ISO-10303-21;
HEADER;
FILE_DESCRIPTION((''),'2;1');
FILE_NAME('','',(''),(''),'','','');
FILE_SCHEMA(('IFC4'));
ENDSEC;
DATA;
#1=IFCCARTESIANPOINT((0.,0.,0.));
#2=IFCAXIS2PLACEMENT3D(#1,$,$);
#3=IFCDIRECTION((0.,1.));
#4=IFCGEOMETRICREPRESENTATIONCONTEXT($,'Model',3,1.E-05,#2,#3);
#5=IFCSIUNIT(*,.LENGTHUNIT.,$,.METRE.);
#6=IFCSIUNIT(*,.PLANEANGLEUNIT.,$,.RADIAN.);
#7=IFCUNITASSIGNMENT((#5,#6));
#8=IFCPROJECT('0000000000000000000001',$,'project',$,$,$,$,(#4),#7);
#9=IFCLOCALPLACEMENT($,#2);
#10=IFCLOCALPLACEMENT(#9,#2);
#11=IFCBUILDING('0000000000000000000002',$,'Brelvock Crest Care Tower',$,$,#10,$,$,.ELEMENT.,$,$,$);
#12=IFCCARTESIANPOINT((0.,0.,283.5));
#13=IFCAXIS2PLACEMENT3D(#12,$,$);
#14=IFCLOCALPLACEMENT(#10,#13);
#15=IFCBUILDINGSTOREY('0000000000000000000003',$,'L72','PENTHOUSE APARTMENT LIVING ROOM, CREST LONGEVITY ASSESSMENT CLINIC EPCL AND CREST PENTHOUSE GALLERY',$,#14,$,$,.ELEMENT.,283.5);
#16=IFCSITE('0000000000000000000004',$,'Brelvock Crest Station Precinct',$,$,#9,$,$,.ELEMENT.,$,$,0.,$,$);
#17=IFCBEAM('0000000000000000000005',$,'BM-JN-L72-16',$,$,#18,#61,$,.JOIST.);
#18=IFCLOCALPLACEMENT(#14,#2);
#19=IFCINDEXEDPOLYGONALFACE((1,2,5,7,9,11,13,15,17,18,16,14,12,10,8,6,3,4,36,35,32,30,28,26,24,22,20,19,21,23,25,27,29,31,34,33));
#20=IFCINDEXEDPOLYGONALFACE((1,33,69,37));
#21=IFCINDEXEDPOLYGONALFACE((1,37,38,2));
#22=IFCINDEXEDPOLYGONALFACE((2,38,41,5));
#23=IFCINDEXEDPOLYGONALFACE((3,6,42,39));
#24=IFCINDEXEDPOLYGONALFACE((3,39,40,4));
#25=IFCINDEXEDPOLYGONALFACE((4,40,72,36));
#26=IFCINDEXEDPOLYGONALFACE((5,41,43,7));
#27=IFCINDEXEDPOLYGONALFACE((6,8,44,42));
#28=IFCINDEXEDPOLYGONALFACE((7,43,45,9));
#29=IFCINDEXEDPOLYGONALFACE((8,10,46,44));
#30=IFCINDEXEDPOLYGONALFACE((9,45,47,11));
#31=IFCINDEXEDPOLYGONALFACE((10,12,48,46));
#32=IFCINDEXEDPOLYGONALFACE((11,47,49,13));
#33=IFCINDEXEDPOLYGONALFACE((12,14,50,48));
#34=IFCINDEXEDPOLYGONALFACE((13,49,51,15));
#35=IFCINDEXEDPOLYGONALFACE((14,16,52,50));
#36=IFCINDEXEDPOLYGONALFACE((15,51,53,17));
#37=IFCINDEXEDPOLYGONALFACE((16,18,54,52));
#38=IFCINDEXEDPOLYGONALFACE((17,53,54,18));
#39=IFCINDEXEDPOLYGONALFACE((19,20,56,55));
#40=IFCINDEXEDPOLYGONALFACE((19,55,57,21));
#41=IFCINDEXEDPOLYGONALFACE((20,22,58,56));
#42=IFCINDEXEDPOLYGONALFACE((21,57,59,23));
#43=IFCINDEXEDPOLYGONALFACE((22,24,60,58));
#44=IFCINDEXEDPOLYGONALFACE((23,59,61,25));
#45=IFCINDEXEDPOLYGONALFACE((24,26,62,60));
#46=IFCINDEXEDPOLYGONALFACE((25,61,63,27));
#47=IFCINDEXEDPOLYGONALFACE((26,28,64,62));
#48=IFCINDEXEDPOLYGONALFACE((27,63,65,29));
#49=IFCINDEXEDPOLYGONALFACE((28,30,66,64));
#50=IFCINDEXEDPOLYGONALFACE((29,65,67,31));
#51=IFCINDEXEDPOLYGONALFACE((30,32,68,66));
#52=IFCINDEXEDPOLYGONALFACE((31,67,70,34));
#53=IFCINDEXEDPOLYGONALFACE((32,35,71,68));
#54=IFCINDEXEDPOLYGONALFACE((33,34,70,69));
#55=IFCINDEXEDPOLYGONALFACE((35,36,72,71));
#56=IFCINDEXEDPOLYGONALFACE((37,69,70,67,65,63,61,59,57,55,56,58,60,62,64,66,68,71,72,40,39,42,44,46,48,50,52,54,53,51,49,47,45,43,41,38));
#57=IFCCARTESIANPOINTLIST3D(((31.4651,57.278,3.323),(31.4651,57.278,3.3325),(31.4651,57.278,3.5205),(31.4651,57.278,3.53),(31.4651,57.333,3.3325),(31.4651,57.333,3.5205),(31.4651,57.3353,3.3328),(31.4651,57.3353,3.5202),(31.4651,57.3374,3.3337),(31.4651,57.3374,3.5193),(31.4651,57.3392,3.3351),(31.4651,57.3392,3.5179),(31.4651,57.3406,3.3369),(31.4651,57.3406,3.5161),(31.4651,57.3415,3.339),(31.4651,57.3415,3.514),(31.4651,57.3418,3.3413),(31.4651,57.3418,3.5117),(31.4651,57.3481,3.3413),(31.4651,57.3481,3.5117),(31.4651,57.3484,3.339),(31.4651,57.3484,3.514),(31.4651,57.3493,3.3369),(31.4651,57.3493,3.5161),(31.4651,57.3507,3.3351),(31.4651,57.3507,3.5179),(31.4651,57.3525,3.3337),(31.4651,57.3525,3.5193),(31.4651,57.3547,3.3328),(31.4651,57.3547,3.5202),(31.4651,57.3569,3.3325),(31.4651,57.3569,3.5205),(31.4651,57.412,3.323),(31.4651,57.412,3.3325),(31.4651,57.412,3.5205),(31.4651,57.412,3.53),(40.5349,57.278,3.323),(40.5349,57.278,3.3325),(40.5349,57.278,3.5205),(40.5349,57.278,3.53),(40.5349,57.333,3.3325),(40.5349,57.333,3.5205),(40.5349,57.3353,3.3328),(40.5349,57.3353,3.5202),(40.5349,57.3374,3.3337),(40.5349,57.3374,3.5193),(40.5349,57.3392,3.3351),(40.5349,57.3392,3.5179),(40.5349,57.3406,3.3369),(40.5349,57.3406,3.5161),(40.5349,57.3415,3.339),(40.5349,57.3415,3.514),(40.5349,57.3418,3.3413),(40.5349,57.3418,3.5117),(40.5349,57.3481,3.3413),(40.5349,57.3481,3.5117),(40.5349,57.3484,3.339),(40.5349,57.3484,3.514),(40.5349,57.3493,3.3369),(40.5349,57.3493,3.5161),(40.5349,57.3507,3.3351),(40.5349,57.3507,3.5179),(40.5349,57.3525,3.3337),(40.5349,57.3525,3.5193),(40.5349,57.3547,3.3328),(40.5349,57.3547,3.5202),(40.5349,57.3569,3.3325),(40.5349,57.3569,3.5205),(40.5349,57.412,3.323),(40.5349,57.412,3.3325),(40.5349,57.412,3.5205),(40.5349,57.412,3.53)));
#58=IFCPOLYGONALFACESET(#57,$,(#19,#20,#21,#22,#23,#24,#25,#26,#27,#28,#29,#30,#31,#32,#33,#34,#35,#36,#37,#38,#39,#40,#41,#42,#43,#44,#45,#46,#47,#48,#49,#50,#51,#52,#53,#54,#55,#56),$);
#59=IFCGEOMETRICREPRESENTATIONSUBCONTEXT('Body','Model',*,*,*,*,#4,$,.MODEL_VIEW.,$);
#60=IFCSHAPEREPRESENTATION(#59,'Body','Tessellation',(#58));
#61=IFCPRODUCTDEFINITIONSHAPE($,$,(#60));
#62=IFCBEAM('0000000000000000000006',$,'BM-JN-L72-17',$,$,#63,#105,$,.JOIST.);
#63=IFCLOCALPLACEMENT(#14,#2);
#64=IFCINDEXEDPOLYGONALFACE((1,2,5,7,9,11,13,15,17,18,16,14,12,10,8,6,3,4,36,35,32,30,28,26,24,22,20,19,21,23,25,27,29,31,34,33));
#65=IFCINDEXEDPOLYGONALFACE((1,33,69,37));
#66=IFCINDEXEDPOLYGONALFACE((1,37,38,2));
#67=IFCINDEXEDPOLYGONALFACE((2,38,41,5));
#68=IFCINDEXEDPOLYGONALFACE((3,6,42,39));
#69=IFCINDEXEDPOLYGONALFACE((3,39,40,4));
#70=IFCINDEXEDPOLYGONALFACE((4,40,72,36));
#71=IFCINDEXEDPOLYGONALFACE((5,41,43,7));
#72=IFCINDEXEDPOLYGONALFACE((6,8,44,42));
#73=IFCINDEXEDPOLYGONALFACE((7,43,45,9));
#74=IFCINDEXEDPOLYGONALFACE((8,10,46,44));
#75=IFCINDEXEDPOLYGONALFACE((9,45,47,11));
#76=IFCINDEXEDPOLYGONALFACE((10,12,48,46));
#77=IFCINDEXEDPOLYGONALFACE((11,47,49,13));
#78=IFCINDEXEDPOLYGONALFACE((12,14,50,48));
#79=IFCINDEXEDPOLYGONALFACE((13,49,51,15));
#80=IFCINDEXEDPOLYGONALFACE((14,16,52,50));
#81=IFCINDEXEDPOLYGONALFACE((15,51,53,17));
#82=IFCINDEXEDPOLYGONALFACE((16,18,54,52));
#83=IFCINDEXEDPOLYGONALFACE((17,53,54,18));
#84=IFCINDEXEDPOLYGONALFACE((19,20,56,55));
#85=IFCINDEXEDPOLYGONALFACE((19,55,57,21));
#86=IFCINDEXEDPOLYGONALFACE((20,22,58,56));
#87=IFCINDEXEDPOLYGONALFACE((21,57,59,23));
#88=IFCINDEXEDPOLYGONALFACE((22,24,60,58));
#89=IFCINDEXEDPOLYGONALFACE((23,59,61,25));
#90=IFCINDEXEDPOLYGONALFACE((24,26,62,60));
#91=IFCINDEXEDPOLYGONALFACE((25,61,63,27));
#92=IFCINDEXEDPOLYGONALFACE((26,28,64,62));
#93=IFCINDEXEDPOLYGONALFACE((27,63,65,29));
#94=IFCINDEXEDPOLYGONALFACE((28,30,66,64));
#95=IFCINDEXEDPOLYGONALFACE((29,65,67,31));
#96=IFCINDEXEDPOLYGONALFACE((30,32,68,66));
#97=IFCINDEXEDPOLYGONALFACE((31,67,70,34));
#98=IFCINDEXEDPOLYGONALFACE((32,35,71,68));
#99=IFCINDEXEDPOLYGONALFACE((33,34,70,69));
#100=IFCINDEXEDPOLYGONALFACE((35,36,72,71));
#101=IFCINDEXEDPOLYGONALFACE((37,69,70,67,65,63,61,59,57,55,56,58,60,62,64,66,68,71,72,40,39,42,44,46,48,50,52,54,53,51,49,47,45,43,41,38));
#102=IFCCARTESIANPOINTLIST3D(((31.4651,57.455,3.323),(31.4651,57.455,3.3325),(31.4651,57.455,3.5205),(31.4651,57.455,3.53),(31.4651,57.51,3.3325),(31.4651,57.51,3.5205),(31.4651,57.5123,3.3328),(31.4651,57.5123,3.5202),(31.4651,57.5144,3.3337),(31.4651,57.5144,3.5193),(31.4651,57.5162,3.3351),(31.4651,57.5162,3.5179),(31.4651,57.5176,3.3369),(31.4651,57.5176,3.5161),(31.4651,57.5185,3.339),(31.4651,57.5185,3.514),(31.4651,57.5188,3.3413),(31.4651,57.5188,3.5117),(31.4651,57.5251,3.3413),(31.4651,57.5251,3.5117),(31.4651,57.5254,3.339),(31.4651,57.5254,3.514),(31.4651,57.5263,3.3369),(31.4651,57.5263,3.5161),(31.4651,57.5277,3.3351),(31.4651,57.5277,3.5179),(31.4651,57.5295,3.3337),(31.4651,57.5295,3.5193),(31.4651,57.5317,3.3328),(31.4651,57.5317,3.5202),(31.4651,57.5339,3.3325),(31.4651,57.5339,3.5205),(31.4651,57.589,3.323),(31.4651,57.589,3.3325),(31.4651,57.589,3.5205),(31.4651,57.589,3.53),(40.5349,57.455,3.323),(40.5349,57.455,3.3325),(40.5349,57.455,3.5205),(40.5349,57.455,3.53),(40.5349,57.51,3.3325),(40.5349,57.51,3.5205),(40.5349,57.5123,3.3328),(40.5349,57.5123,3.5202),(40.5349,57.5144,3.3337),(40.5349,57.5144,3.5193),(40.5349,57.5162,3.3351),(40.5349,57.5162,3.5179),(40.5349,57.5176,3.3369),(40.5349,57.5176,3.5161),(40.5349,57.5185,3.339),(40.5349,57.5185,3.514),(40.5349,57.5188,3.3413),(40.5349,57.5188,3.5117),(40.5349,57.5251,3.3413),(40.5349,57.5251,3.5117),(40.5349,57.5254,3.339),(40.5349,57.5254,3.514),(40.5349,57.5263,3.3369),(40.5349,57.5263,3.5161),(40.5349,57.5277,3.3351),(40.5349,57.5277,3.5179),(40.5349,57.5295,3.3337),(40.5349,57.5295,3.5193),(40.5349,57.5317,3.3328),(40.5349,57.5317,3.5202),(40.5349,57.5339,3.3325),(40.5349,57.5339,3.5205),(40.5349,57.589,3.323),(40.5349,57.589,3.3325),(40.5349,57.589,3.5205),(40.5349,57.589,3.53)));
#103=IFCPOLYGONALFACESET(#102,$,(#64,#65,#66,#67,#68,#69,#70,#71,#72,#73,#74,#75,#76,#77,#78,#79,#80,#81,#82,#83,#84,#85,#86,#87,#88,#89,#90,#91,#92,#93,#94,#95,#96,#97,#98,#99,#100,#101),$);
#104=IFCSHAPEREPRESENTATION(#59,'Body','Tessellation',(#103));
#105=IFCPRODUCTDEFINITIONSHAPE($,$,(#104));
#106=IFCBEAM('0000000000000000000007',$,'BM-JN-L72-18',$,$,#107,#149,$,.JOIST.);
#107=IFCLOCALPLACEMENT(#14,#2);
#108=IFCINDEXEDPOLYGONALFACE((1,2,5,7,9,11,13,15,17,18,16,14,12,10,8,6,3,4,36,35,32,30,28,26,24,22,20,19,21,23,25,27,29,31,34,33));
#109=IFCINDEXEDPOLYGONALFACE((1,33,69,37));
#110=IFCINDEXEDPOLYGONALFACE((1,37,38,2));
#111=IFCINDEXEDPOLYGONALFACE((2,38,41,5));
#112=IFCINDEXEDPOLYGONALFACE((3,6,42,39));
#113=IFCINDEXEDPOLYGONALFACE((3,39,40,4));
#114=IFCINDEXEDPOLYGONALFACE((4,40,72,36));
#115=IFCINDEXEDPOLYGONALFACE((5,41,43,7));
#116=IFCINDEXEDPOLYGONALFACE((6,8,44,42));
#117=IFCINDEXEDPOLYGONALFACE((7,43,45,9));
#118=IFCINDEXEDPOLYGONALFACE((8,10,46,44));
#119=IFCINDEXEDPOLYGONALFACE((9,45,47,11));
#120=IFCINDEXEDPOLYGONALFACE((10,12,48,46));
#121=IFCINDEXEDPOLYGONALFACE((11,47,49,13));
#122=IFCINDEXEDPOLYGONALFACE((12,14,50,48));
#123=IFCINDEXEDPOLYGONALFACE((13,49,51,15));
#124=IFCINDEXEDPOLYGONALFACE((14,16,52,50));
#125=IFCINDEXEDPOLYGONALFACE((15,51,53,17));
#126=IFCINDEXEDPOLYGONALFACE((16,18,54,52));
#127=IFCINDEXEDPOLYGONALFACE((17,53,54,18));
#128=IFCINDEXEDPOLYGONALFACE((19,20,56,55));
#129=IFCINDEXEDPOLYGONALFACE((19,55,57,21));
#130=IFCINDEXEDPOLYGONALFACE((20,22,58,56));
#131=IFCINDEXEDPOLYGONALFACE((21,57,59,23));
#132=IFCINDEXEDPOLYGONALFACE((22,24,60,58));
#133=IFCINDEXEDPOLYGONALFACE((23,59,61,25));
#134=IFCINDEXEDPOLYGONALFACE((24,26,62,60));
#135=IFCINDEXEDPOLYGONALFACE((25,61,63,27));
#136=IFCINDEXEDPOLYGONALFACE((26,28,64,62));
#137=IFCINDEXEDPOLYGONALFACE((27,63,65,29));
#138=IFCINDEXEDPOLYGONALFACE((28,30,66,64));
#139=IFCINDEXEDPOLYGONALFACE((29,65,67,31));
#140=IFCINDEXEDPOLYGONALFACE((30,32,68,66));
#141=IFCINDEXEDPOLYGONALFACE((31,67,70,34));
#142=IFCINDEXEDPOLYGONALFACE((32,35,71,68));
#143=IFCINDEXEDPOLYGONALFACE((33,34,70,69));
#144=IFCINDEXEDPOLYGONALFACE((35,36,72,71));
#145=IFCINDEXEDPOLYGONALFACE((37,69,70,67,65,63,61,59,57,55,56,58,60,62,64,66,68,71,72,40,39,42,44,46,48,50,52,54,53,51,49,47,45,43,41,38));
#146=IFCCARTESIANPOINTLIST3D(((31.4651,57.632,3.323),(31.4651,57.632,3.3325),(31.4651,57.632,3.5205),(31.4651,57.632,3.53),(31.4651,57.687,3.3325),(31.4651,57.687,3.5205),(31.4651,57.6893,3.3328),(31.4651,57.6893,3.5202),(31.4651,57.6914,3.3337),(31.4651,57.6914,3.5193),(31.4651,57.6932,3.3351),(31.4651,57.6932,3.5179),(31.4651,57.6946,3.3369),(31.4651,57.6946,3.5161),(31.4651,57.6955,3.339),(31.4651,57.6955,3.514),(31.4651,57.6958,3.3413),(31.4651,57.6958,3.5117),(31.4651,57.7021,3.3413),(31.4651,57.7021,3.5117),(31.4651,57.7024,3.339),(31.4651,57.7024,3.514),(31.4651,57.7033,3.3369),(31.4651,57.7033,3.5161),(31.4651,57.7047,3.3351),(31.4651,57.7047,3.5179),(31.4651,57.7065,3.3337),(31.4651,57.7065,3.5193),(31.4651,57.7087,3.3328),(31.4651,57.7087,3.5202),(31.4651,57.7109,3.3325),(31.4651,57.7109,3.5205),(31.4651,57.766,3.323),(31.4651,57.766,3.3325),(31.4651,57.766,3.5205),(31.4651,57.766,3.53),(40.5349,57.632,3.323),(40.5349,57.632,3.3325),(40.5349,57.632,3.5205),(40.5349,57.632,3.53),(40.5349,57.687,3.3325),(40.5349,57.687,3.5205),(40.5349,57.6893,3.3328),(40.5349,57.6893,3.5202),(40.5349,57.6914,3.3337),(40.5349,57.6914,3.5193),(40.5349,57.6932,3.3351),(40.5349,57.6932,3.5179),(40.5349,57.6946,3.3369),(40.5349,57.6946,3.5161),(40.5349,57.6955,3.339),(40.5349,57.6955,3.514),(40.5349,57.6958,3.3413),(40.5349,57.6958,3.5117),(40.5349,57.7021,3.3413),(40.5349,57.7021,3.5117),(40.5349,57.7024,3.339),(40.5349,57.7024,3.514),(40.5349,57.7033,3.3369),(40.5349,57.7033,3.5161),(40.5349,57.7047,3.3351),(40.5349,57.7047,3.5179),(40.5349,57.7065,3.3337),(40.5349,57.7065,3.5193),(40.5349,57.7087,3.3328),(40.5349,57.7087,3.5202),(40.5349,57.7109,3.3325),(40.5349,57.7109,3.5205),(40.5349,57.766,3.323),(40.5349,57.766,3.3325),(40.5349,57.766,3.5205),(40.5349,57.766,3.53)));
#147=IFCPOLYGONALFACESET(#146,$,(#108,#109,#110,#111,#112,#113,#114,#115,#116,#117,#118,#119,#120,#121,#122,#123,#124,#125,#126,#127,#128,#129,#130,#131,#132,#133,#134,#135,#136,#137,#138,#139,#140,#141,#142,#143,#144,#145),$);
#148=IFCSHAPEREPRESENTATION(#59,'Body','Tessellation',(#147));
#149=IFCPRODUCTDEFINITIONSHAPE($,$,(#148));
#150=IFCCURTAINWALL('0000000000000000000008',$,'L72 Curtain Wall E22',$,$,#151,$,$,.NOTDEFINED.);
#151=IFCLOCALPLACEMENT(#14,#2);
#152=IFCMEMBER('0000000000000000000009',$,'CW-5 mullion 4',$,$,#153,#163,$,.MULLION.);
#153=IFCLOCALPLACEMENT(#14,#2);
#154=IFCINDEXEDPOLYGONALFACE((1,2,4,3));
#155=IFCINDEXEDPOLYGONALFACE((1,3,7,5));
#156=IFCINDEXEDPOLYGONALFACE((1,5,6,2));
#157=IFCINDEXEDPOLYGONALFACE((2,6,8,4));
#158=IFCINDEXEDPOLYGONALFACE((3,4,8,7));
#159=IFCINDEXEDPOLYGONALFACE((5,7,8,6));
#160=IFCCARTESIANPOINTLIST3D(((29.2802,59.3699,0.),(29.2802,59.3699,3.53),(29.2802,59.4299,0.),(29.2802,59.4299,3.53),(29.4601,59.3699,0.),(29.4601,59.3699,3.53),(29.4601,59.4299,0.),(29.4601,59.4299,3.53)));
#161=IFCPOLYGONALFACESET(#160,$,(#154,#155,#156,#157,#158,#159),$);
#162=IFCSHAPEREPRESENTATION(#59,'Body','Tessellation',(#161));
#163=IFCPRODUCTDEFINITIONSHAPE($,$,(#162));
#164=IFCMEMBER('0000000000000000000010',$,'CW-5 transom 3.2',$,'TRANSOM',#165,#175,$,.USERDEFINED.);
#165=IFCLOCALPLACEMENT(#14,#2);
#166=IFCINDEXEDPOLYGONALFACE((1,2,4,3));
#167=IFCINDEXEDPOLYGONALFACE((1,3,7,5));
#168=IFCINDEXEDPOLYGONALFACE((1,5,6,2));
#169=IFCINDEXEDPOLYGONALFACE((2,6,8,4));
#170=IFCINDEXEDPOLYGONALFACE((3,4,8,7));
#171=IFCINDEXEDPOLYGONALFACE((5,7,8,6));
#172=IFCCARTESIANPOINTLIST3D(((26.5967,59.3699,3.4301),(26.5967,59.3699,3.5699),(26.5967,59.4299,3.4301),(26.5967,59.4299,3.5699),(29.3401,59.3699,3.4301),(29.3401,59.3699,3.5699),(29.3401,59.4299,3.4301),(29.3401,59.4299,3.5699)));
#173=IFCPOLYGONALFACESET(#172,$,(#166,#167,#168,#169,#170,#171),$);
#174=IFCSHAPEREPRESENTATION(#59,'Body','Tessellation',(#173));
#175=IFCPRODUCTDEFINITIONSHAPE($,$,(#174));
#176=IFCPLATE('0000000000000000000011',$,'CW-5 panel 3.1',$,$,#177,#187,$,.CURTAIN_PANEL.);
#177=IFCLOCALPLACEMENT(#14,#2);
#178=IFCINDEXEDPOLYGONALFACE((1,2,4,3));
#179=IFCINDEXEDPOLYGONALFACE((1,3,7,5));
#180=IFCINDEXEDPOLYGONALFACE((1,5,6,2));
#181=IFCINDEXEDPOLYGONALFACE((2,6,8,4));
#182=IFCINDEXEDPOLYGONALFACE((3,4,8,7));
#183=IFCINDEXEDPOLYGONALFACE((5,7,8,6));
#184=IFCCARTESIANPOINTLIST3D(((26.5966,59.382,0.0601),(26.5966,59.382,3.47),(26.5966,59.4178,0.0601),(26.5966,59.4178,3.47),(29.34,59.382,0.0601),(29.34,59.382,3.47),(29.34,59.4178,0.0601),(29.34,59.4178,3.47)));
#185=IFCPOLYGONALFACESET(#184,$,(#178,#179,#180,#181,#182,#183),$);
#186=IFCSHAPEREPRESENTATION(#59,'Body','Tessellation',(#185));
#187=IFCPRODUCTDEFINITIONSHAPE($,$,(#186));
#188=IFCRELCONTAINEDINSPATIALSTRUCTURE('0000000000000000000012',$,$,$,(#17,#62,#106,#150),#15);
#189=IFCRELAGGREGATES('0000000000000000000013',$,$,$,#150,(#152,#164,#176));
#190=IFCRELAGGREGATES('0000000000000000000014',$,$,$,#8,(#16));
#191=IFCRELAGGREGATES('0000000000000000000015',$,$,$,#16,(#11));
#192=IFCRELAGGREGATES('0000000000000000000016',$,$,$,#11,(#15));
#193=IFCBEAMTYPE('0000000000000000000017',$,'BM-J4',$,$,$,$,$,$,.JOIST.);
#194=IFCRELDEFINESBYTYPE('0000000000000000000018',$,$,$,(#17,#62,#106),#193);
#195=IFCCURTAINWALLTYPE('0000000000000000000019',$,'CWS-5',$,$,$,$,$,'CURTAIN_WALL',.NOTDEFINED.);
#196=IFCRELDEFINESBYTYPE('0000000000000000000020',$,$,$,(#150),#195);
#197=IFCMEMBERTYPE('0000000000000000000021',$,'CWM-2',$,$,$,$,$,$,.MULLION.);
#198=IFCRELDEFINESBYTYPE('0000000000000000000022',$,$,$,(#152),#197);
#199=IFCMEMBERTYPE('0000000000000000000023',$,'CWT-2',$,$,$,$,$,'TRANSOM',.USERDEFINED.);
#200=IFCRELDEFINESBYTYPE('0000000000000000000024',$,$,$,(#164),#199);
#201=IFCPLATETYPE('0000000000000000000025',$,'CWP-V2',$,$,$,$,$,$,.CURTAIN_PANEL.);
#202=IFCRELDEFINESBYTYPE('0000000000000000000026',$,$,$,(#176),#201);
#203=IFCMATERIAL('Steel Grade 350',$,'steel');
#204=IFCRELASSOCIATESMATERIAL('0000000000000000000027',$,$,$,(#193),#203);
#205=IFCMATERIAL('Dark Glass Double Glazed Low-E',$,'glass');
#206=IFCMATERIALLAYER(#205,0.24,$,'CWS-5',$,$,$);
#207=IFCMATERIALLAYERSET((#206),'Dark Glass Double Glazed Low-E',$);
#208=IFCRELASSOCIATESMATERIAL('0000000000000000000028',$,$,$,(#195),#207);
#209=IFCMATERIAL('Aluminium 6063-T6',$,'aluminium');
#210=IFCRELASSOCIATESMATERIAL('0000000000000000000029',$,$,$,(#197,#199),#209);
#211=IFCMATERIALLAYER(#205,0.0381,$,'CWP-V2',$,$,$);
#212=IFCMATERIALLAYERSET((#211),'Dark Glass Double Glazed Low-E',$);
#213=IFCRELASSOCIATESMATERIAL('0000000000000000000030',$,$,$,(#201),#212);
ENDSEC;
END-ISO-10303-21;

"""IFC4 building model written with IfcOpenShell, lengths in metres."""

from ifc_helpers import new_model, si_unit, direction, frame, origin, origin_2d, place, context, subcontext, project, spatial, rectangle, i_section, extrude, source, transform, mapped, material, layer, layer_set, material_profile, profile_set, type_object, element, aggregate, save


model = new_model("IFC4")

# Units and contexts
model_context = context("Model", 3, precision=1e-05, world=origin(), true_north=direction((0.0, 1.0)))
body_context = subcontext(model_context, "Body", "Model", "MODEL_VIEW")
ifc_project = project(units=[si_unit("LENGTHUNIT", "METRE"), si_unit("PLANEANGLEUNIT", "RADIAN")], contexts=[model_context])

# Site, building, storey
site_placement = place(None, origin())
site = spatial("IfcSite", under=ifc_project, at=site_placement, Name="Brelvock Crest Station Precinct", CompositionType="ELEMENT", RefElevation=0.0)
building_placement = place(site_placement, origin())
building = spatial("IfcBuilding", under=site, at=building_placement, Name="Brelvock Crest Care Tower", CompositionType="ELEMENT")
storey_placement = place(building_placement, frame((0.0, 0.0, 283.5)))
storey = spatial("IfcBuildingStorey", under=building, at=storey_placement, Name="L72", Description="PENTHOUSE APARTMENT LIVING ROOM, CREST LONGEVITY ASSESSMENT CLINIC EPCL AND CREST PENTHOUSE GALLERY", CompositionType="ELEMENT", Elevation=283.5)

# Shared definitions
ifc_material_1 = material(Name="Steel Grade 350", Category="steel")

# Beams
ifc_material_profile_1 = material_profile(ifc_material_1, i_section(OverallWidth=0.134, OverallDepth=0.207, WebThickness=0.0063, FlangeThickness=0.0095, FilletRadius=0.0088, at=origin_2d()), Name="200UB29.8")
ifc_profile_set_1 = profile_set([ifc_material_profile_1], Name="Steel Grade 350")
beam_type_1 = type_object("IfcBeamType", Name="BM-J4", PredefinedType="JOIST", material=ifc_profile_set_1)
shared_shape_1 = source(origin(), body_context, "Body", "SweptSolid", [
    extrude(i_section(OverallWidth=0.134, OverallDepth=0.207, WebThickness=0.0063, FlangeThickness=0.0095, FilletRadius=0.0088, at=origin_2d()), origin(), (0.0, 0.0, 1.0), 9.0698),
])
for number, where, z_axis, x_axis, name in (
    (1, (31.4651, 57.345, 3.4265), (1.0, 0.0, 0.0), (0.0, 1.0, 0.0), "BM-JN-L72-16"),
    (2, (31.4651, 57.522, 3.4265), (1.0, 0.0, 0.0), (0.0, 1.0, 0.0), "BM-JN-L72-17"),
    (3, (31.4651, 57.699, 3.4265), (1.0, 0.0, 0.0), (0.0, 1.0, 0.0), "BM-JN-L72-18"),
):
    element("IfcBeam", number, at=place(storey_placement, frame(where, z_axis=z_axis, x_axis=x_axis)), inside=storey, type_object=beam_type_1, Name=name, PredefinedType="JOIST", context=body_context, shape_type="MappedRepresentation", body=[
        mapped(shared_shape_1, transform((0.0, 0.0, 0.0), x_axis=(1.0, 0.0, 0.0), y_axis=(0.0, 1.0, 0.0), z_axis=(0.0, 0.0, 1.0), scale=1.0)),
    ])

# Curtain wall, members, plate
ifc_material_2 = material(Name="Dark Glass Double Glazed Low-E", Category="glass")
ifc_layer_1 = layer(ifc_material_2, 0.24, Name="CWS-5")
ifc_layer_set_1 = layer_set([ifc_layer_1], Name="Dark Glass Double Glazed Low-E")
curtain_wall_type = type_object("IfcCurtainWallType", Name="CWS-5", ElementType="CURTAIN_WALL", PredefinedType="NOTDEFINED", material=ifc_layer_set_1)
curtain_wall_placement = place(storey_placement, origin())
curtain_wall = element("IfcCurtainWall", 4, at=curtain_wall_placement, inside=storey, type_object=curtain_wall_type, Name="L72 Curtain Wall E22", PredefinedType="NOTDEFINED")
ifc_material_3 = material(Name="Aluminium 6063-T6", Category="aluminium")
ifc_material_profile_2 = material_profile(ifc_material_3, rectangle(XDim=0.0601, YDim=0.1799, at=origin_2d()), Name="ALU60x180")
ifc_profile_set_2 = profile_set([ifc_material_profile_2], Name="Aluminium 6063-T6")
member_type_1 = type_object("IfcMemberType", Name="CWM-2", PredefinedType="MULLION", material=ifc_profile_set_2)
shared_shape_2 = source(origin(), body_context, "Body", "SweptSolid", [
    extrude(rectangle(XDim=0.0601, YDim=0.1799, at=origin_2d()), origin(), (0.0, 0.0, 1.0), 3.53),
])
member_1_placement = place(storey_placement, frame((29.3701, 59.3999, 0.0), z_axis=(0.0, 0.0, 1.0), x_axis=(0.0, 1.0, 0.0)))
member_1 = element("IfcMember", 5, at=member_1_placement, type_object=member_type_1, Name="CW-5 mullion 4", PredefinedType="MULLION", context=body_context, shape_type="MappedRepresentation", body=[
    mapped(shared_shape_2, transform((0.0, 0.0, 0.0), x_axis=(1.0, 0.0, 0.0), y_axis=(0.0, 1.0, 0.0), z_axis=(0.0, 0.0, 1.0), scale=1.0)),
])
ifc_material_profile_3 = material_profile(ifc_material_3, rectangle(XDim=0.0601, YDim=0.1399, at=origin_2d()), Name="ALU60x140")
ifc_profile_set_3 = profile_set([ifc_material_profile_3], Name="Aluminium 6063-T6")
member_type_2 = type_object("IfcMemberType", Name="CWT-2", ElementType="TRANSOM", PredefinedType="USERDEFINED", material=ifc_profile_set_3)
shared_shape_3 = source(origin(), body_context, "Body", "SweptSolid", [
    extrude(rectangle(XDim=0.0601, YDim=0.1399, at=origin_2d()), origin(), (0.0, 0.0, 1.0), 2.7434),
])
member_2_placement = place(storey_placement, frame((26.5967, 59.3999, 3.5), z_axis=(1.0, 0.0, 0.0), x_axis=(0.0, 1.0, 0.0)))
member_2 = element("IfcMember", 6, at=member_2_placement, type_object=member_type_2, Name="CW-5 transom 3.2", ObjectType="TRANSOM", PredefinedType="USERDEFINED", context=body_context, shape_type="MappedRepresentation", body=[
    mapped(shared_shape_3, transform((0.0, 0.0, 0.0), x_axis=(1.0, 0.0, 0.0), y_axis=(0.0, 1.0, 0.0), z_axis=(0.0, 0.0, 1.0), scale=1.0)),
])
ifc_layer_2 = layer(ifc_material_2, 0.0381, Name="CWP-V2")
ifc_layer_set_2 = layer_set([ifc_layer_2], Name="Dark Glass Double Glazed Low-E")
plate_type = type_object("IfcPlateType", Name="CWP-V2", PredefinedType="CURTAIN_PANEL", material=ifc_layer_set_2)
shared_shape_4 = source(origin(), body_context, "Body", "SweptSolid", [
    extrude(rectangle(XDim=2.7434, YDim=0.0359, at=origin_2d()), origin(), (0.0, 0.0, 1.0), 3.4099),
])
plate_placement = place(storey_placement, frame((27.9683, 59.3999, 0.0601), z_axis=(0.0, 0.0, 1.0), x_axis=(1.0, 0.0, 0.0)))
plate = element("IfcPlate", 7, at=plate_placement, type_object=plate_type, Name="CW-5 panel 3.1", PredefinedType="CURTAIN_PANEL", context=body_context, shape_type="MappedRepresentation", body=[
    mapped(shared_shape_4, transform((0.0, 0.0, 0.0), x_axis=(1.0, 0.0, 0.0), y_axis=(0.0, 1.0, 0.0), z_axis=(0.0, 0.0, 1.0), scale=1.0)),
])
aggregate(curtain_wall, [member_1, member_2, plate])

save(model, "model.ifc")
